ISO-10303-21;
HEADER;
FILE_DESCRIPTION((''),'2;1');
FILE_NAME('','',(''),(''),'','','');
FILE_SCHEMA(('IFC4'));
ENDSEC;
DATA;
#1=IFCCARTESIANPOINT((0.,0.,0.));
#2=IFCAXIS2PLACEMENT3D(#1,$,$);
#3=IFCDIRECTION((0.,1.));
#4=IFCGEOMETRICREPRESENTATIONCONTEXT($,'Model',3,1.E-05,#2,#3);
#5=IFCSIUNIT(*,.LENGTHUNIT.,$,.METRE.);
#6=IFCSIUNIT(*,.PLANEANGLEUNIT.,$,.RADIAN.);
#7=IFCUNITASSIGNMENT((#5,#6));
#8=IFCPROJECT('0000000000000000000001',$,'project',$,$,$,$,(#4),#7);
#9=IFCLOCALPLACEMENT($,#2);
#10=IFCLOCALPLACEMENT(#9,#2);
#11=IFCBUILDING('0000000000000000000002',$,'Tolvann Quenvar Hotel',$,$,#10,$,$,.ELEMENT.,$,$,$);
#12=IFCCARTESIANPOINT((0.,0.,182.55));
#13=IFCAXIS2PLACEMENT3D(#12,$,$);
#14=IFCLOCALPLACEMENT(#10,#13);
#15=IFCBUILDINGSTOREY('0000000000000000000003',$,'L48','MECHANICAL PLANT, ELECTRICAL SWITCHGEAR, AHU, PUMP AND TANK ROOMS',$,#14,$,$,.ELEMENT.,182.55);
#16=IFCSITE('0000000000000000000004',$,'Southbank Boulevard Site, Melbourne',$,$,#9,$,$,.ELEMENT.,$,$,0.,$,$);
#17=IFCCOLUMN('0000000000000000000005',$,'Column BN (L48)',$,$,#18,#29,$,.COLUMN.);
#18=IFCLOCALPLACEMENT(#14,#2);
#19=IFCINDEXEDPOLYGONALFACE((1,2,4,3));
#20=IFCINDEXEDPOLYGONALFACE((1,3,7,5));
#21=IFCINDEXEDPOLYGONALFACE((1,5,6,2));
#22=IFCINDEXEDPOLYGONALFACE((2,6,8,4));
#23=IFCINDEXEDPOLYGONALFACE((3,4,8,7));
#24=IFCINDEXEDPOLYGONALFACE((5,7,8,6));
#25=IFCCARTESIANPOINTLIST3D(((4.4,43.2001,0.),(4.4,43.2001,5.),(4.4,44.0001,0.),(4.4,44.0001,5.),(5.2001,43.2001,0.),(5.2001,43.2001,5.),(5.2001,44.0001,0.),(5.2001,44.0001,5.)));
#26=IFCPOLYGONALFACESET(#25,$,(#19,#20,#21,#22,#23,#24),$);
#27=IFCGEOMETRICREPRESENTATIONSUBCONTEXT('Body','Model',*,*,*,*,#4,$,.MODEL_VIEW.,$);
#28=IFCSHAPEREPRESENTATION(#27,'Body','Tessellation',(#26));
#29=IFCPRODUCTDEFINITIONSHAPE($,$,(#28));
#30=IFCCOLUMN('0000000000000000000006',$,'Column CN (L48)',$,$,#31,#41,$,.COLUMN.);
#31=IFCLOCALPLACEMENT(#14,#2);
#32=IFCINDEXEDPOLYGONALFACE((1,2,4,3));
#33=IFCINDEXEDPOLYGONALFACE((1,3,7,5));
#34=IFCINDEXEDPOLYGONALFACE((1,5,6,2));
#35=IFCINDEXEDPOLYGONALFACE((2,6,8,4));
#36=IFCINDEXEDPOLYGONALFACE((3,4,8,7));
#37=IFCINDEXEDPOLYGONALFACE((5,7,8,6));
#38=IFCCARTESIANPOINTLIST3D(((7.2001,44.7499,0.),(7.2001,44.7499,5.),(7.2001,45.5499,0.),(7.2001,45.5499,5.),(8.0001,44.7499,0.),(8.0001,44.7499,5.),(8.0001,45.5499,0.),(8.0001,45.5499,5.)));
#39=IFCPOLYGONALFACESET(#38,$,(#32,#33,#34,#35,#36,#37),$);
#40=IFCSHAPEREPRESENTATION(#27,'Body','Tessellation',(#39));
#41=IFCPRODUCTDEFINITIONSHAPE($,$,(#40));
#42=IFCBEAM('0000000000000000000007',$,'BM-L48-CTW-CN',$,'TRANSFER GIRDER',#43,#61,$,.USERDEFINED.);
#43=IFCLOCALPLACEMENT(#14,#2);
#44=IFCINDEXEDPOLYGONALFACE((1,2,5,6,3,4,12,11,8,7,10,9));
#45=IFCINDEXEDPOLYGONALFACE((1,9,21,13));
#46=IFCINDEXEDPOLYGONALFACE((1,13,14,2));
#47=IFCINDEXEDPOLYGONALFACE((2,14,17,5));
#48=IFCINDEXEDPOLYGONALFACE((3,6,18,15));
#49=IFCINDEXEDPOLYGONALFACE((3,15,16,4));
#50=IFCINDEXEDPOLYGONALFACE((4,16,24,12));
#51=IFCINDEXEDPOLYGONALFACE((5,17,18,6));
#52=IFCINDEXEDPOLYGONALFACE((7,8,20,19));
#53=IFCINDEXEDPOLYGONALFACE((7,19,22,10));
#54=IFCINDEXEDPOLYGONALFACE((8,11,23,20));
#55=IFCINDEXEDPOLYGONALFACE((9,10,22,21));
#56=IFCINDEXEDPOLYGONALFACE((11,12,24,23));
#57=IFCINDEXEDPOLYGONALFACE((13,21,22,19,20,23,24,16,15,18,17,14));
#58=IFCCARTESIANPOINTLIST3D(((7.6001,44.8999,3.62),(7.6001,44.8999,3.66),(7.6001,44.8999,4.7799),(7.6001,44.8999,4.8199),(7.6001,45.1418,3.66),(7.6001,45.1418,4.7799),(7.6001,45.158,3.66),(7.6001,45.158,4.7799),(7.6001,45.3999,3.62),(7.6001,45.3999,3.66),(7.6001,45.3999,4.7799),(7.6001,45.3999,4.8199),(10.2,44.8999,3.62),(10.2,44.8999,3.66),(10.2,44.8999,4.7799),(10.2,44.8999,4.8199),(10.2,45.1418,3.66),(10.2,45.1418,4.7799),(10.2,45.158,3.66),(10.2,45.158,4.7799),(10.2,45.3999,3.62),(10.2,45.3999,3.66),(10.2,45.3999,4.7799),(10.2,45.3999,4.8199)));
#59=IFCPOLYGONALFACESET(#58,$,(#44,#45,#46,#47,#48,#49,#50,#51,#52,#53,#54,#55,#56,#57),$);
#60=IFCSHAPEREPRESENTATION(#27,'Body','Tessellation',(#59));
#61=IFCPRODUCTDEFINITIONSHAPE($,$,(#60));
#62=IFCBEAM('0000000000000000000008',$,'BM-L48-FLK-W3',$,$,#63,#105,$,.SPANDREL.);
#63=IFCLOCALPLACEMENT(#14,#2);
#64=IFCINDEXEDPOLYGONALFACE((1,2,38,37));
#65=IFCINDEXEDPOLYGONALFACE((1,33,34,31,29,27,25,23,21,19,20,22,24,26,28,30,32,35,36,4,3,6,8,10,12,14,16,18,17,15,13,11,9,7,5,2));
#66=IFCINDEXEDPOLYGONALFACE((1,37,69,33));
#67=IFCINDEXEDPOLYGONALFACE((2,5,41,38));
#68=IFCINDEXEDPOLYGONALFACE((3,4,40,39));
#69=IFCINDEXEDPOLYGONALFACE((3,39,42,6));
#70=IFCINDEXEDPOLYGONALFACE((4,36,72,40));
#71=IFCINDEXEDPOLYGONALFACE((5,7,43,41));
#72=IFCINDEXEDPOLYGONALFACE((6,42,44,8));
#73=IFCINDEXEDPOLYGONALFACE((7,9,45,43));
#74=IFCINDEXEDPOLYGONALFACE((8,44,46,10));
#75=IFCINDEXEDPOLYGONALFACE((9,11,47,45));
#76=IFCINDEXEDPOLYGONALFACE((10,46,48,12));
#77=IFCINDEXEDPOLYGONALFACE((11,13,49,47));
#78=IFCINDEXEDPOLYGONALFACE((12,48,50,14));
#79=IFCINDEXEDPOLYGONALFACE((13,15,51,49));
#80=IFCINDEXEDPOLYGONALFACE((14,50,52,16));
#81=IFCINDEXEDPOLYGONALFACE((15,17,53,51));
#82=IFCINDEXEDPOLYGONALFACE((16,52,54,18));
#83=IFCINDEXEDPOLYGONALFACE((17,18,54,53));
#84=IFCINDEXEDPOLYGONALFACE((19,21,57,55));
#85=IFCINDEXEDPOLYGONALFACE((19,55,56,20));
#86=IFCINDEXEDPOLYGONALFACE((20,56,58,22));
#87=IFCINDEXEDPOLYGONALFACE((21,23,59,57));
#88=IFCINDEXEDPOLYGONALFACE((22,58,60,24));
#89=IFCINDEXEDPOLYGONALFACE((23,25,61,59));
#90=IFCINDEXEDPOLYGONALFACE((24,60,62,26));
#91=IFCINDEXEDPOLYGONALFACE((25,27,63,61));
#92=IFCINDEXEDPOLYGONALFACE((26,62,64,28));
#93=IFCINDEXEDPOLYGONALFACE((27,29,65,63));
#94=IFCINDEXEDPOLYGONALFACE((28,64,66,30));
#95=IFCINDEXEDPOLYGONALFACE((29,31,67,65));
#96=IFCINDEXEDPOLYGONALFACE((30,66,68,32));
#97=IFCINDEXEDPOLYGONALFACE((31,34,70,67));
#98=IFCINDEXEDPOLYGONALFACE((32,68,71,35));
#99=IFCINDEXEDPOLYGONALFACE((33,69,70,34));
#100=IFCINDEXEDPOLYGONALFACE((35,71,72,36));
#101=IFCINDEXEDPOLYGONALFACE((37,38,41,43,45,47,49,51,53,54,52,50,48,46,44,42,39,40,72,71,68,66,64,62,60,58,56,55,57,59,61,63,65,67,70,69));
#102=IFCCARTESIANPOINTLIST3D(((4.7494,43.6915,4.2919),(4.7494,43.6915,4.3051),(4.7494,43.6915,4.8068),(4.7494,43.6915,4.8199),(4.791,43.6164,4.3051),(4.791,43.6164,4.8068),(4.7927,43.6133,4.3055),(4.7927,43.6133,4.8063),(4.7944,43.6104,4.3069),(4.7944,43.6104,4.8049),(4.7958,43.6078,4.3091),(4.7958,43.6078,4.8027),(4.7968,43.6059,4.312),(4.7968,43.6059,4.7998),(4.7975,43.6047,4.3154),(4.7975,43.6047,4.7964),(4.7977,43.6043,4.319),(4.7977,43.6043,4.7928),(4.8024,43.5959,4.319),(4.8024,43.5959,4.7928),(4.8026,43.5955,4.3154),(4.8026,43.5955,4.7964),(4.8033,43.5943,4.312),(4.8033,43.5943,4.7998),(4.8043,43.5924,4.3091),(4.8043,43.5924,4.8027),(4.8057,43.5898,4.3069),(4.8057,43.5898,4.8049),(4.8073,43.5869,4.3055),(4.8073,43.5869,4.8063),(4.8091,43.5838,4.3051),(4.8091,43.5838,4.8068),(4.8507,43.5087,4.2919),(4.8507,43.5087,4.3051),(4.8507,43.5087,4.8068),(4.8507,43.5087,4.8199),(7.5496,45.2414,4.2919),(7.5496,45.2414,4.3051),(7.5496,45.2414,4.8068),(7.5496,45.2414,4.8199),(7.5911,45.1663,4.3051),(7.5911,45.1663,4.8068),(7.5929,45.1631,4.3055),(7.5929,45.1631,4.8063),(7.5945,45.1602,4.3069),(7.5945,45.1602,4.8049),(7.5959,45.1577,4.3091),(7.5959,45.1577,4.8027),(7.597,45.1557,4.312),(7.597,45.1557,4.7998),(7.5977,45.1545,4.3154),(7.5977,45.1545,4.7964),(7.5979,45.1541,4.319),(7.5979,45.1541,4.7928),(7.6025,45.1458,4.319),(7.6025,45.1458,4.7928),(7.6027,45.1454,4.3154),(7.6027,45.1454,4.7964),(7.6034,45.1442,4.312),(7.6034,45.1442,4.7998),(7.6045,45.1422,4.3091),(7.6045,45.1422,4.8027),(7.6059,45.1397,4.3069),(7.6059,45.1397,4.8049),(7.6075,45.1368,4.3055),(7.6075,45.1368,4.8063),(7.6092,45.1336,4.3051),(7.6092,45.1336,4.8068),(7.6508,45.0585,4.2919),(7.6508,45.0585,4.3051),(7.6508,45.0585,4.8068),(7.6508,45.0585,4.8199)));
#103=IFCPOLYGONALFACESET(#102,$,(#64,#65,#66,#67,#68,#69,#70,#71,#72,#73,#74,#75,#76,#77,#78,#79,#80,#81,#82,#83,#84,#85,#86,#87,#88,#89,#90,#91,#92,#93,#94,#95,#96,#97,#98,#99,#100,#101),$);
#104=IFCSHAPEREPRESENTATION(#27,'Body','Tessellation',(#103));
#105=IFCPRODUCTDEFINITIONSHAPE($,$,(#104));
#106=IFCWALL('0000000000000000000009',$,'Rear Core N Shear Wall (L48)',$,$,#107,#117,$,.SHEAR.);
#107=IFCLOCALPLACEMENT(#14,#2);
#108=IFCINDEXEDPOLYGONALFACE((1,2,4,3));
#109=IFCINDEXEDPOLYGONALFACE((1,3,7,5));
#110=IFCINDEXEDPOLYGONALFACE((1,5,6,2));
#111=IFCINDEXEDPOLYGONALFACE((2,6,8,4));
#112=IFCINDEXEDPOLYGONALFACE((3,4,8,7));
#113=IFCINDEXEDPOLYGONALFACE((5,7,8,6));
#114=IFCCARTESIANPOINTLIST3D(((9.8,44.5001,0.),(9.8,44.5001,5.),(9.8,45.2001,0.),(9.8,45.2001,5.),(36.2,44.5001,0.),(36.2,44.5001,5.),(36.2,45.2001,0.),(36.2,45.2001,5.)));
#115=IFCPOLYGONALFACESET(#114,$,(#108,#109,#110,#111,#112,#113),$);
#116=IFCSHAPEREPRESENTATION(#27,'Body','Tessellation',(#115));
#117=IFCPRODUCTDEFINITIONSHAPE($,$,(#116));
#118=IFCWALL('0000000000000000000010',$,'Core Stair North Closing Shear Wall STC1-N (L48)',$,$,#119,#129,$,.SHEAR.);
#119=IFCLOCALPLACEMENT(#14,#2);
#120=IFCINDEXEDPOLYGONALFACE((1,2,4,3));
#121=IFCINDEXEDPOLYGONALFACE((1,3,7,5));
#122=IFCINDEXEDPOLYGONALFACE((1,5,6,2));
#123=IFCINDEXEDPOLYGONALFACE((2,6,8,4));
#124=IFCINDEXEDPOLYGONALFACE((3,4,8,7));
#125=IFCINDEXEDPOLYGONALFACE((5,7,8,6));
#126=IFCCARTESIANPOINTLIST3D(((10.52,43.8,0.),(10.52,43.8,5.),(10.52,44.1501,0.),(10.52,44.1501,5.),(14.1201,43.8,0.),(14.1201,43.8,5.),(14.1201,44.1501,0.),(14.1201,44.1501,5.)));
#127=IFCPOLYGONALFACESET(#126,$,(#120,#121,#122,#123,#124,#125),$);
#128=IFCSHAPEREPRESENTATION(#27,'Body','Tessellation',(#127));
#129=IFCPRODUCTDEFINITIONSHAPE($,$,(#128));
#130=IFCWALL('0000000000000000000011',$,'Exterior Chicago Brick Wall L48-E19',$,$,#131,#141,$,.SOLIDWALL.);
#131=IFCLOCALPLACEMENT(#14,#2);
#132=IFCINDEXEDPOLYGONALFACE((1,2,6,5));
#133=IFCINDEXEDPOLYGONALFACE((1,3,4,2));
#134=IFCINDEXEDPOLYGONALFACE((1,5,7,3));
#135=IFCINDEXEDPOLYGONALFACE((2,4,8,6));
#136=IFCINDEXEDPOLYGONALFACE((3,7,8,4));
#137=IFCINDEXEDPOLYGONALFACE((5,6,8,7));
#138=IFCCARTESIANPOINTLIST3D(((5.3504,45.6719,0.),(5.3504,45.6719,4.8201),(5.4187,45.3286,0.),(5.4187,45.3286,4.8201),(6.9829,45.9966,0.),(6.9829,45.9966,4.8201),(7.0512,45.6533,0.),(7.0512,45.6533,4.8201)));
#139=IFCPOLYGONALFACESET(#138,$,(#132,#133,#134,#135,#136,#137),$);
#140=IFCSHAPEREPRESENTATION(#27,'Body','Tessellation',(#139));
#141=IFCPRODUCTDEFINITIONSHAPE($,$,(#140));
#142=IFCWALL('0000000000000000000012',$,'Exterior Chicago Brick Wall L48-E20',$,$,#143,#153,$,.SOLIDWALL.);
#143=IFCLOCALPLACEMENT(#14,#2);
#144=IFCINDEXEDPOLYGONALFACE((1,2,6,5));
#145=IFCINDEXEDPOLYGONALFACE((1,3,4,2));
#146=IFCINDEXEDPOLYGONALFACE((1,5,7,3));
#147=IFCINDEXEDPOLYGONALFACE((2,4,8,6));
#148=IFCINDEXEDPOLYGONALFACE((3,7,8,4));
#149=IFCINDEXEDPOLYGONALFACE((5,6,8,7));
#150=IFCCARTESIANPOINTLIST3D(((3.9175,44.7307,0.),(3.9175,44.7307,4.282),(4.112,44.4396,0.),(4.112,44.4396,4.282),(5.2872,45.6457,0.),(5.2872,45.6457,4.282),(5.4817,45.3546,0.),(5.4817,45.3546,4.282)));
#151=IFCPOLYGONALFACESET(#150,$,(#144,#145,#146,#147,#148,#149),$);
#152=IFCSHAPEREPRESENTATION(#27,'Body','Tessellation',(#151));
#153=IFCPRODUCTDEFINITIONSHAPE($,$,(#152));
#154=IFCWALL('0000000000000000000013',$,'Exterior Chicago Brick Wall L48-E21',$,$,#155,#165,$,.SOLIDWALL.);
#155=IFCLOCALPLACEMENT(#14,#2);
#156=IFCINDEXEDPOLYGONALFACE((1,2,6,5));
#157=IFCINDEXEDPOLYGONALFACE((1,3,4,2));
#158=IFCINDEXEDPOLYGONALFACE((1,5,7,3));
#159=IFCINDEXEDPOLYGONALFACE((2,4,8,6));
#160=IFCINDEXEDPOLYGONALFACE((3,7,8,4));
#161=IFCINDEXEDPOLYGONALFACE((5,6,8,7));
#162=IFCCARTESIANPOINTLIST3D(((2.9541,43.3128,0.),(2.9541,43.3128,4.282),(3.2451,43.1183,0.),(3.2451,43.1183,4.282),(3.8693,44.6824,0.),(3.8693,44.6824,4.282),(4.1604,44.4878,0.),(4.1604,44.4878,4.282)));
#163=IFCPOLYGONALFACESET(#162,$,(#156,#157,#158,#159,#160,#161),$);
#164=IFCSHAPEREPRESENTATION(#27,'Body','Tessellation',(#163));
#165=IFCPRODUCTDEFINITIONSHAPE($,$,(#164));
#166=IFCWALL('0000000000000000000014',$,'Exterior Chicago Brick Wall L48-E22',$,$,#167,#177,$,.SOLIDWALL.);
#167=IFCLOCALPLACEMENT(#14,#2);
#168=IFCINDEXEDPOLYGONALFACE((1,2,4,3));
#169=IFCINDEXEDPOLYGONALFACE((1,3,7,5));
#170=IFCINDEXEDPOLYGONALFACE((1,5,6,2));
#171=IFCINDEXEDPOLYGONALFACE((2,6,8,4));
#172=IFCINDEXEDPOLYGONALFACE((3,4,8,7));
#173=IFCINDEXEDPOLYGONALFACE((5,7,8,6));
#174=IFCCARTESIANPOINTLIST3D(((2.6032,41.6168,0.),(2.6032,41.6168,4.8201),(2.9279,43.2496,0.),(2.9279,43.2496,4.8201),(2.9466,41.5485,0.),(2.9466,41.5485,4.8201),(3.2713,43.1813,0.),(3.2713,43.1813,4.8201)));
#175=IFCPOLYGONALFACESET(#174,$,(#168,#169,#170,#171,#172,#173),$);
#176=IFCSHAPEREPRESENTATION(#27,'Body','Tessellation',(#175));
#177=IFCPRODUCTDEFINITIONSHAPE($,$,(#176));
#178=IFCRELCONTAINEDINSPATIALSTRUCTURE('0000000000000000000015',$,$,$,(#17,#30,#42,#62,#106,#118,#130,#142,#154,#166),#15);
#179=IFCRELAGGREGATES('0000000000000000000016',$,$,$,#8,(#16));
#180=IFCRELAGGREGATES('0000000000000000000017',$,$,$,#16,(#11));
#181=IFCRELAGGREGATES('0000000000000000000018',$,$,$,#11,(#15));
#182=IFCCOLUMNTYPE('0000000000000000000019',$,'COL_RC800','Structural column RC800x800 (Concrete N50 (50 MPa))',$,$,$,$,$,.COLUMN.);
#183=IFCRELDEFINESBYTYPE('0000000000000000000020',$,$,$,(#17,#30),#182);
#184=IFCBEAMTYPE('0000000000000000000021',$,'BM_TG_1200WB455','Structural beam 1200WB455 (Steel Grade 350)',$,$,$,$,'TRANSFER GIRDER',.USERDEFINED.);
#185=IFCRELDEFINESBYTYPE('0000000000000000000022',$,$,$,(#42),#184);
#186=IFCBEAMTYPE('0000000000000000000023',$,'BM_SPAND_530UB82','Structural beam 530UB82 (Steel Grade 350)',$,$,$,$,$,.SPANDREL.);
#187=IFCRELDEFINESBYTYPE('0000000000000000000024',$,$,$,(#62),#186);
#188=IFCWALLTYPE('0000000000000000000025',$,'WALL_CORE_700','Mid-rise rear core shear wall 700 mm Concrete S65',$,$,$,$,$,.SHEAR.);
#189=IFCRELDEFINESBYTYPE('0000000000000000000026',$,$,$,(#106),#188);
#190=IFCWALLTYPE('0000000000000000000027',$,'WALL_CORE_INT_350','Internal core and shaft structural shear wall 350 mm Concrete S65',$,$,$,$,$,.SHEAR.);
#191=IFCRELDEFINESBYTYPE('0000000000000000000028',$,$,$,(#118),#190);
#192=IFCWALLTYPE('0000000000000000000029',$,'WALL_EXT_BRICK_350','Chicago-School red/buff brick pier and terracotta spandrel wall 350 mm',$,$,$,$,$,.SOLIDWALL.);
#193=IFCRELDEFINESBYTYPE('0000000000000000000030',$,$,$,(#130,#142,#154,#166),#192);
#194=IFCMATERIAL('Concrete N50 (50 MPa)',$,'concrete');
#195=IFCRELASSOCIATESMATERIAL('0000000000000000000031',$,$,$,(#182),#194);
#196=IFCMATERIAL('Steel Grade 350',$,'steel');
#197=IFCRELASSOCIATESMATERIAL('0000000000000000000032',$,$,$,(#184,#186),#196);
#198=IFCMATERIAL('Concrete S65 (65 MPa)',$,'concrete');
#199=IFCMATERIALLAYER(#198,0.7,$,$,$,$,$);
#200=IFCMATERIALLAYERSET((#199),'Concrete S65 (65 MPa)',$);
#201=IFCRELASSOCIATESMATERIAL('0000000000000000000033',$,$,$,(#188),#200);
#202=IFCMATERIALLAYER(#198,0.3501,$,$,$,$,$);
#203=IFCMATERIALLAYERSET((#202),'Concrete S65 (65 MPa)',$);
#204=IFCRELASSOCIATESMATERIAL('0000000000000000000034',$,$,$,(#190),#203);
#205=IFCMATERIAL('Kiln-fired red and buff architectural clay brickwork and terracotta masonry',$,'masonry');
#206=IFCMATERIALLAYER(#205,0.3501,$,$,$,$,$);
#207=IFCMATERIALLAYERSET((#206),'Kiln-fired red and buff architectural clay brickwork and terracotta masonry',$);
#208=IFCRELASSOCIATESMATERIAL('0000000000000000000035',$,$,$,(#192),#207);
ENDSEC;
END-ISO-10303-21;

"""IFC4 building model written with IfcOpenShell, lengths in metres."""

from ifc_helpers import new_model, si_unit, direction, frame, frame_2d, origin, origin_2d, place, context, subcontext, project, spatial, rectangle, i_section, extrude, source, transform, mapped, material, layer, layer_set, material_profile, profile_set, type_object, type_shapes, element, save


model = new_model("IFC4")

# Units and contexts
model_context = context("Model", 3, precision=1e-05, world=origin(), true_north=direction((0.0, 1.0)))
body_context = subcontext(model_context, "Body", "Model", "MODEL_VIEW")
ifc_project = project(units=[si_unit("LENGTHUNIT", "METRE"), si_unit("PLANEANGLEUNIT", "RADIAN")], contexts=[model_context])

# Site, building, storey
site_placement = place(None, origin())
site = spatial("IfcSite", under=ifc_project, at=site_placement, Name="Southbank Boulevard Site, Melbourne", CompositionType="ELEMENT", RefElevation=0.0)
building_placement = place(site_placement, origin())
building = spatial("IfcBuilding", under=site, at=building_placement, Name="Tolvann Quenvar Hotel", CompositionType="ELEMENT")
storey_placement = place(building_placement, frame((0.0, 0.0, 182.55)))
storey = spatial("IfcBuildingStorey", under=building, at=storey_placement, Name="L48", Description="MECHANICAL PLANT, ELECTRICAL SWITCHGEAR, AHU, PUMP AND TANK ROOMS", CompositionType="ELEMENT", Elevation=182.55)

# Columns
ifc_material_1 = material(Name="Concrete N50 (50 MPa)", Category="concrete")
ifc_material_profile_1 = material_profile(ifc_material_1, rectangle(XDim=0.8, YDim=0.8, at=origin_2d()), Name="RC800x800")
ifc_profile_set_1 = profile_set([ifc_material_profile_1], Name="Concrete N50 (50 MPa)")
column_type = type_object("IfcColumnType", Name="COL_RC800", Description="Structural column RC800x800 (Concrete N50 (50 MPa))", PredefinedType="COLUMN", material=ifc_profile_set_1)
shared_shape_1 = source(origin(), body_context, "Body", "SweptSolid", [
    extrude(rectangle(XDim=0.8, YDim=0.8, at=origin_2d()), origin(), (0.0, 0.0, 1.0), 5.0),
])
type_shapes(column_type, [shared_shape_1])
for number, where, z_axis, x_axis, name in (
    (1, (4.8, 43.6001, 0.0), (0.0, 0.0, 1.0), (1.0, 0.0, 0.0), "Column BN (L48)"),
    (2, (7.6001, 45.1499, 0.0), (0.0, 0.0, 1.0), (1.0, 0.0, 0.0), "Column CN (L48)"),
):
    element("IfcColumn", number, at=place(storey_placement, frame(where, z_axis=z_axis, x_axis=x_axis)), inside=storey, type_object=column_type, Name=name, PredefinedType="COLUMN", context=body_context, shape_type="MappedRepresentation", body=[
        mapped(shared_shape_1, transform((0.0, 0.0, 0.0), x_axis=(1.0, 0.0, 0.0), y_axis=(0.0, 1.0, 0.0), z_axis=(0.0, 0.0, 1.0), scale=1.0)),
    ])

# Beams
ifc_material_2 = material(Name="Steel Grade 350", Category="steel")
ifc_material_profile_2 = material_profile(ifc_material_2, i_section(OverallWidth=0.5, OverallDepth=1.2, WebThickness=0.0161, FlangeThickness=0.04, at=origin_2d()), Name="1200WB455")
ifc_profile_set_2 = profile_set([ifc_material_profile_2], Name="Steel Grade 350")
beam_type_1 = type_object("IfcBeamType", Name="BM_TG_1200WB455", Description="Structural beam 1200WB455 (Steel Grade 350)", ElementType="TRANSFER GIRDER", PredefinedType="USERDEFINED", material=ifc_profile_set_2)
shared_shape_2 = source(origin(), body_context, "Body", "SweptSolid", [
    extrude(i_section(OverallWidth=0.5, OverallDepth=1.2, WebThickness=0.0161, FlangeThickness=0.04, at=origin_2d()), origin(), (0.0, 0.0, 1.0), 2.5999),
])
type_shapes(beam_type_1, [shared_shape_2])
beam_1_placement = place(storey_placement, frame((7.6001, 45.1499, 4.22), z_axis=(1.0, 0.0, 0.0), x_axis=(0.0, 1.0, 0.0)))
element("IfcBeam", 3, at=beam_1_placement, inside=storey, type_object=beam_type_1, Name="BM-L48-CTW-CN", ObjectType="TRANSFER GIRDER", PredefinedType="USERDEFINED", context=body_context, shape_type="MappedRepresentation", body=[
    mapped(shared_shape_2, transform((0.0, 0.0, 0.0), x_axis=(1.0, 0.0, 0.0), y_axis=(0.0, 1.0, 0.0), z_axis=(0.0, 0.0, 1.0), scale=1.0)),
])
ifc_material_profile_3 = material_profile(ifc_material_2, i_section(OverallWidth=0.209, OverallDepth=0.5281, WebThickness=0.0095, FlangeThickness=0.0132, FilletRadius=0.0139, at=origin_2d()), Name="530UB82")
ifc_profile_set_3 = profile_set([ifc_material_profile_3], Name="Steel Grade 350")
beam_type_2 = type_object("IfcBeamType", Name="BM_SPAND_530UB82", Description="Structural beam 530UB82 (Steel Grade 350)", PredefinedType="SPANDREL", material=ifc_profile_set_3)
shared_shape_3 = source(origin(), body_context, "Body", "SweptSolid", [
    extrude(i_section(OverallWidth=0.209, OverallDepth=0.5281, WebThickness=0.0095, FlangeThickness=0.0132, FilletRadius=0.0139, at=origin_2d()), origin(), (0.0, 0.0, 1.0), 3.2004),
])
type_shapes(beam_type_2, [shared_shape_3])
beam_2_placement = place(storey_placement, frame((4.8, 43.6001, 4.5559), z_axis=(0.874923, 0.484263, 0.0), x_axis=(-0.484263, 0.874923, 0.0)))
element("IfcBeam", 4, at=beam_2_placement, inside=storey, type_object=beam_type_2, Name="BM-L48-FLK-W3", PredefinedType="SPANDREL", context=body_context, shape_type="MappedRepresentation", body=[
    mapped(shared_shape_3, transform((0.0, 0.0, 0.0), x_axis=(1.0, 0.0, 0.0), y_axis=(0.0, 1.0, 0.0), z_axis=(0.0, 0.0, 1.0), scale=1.0)),
])

# Walls
ifc_material_3 = material(Name="Concrete S65 (65 MPa)", Category="concrete")
ifc_layer_1 = layer(ifc_material_3, 0.7)
ifc_layer_set_1 = layer_set([ifc_layer_1], Name="Concrete S65 (65 MPa)")
wall_type_1 = type_object("IfcWallType", Name="WALL_CORE_700", Description="Mid-rise rear core shear wall 700 mm Concrete S65", PredefinedType="SHEAR", material=ifc_layer_set_1)
wall_1_placement = place(storey_placement, frame((9.8, 44.8501, 0.0), z_axis=(0.0, 0.0, 1.0), x_axis=(1.0, 0.0, 0.0)))
element("IfcWall", 5, at=wall_1_placement, inside=storey, type_object=wall_type_1, Name="Rear Core N Shear Wall (L48)", PredefinedType="SHEAR", context=body_context, shape_type="SweptSolid", body=[
    extrude(rectangle(XDim=26.3999, YDim=0.7, at=frame_2d((13.2, 0.0))), origin(), (0.0, 0.0, 1.0), 5.0),
])
ifc_layer_2 = layer(ifc_material_3, 0.3501)
ifc_layer_set_2 = layer_set([ifc_layer_2], Name="Concrete S65 (65 MPa)")
wall_type_2 = type_object("IfcWallType", Name="WALL_CORE_INT_350", Description="Internal core and shaft structural shear wall 350 mm Concrete S65", PredefinedType="SHEAR", material=ifc_layer_set_2)
wall_2_placement = place(storey_placement, frame((10.52, 43.9751, 0.0), z_axis=(0.0, 0.0, 1.0), x_axis=(1.0, 0.0, 0.0)))
element("IfcWall", 6, at=wall_2_placement, inside=storey, type_object=wall_type_2, Name="Core Stair North Closing Shear Wall STC1-N (L48)", PredefinedType="SHEAR", context=body_context, shape_type="SweptSolid", body=[
    extrude(rectangle(XDim=3.6001, YDim=0.3501, at=frame_2d((1.8, 0.0))), origin(), (0.0, 0.0, 1.0), 5.0),
])
ifc_material_4 = material(Name="Kiln-fired red and buff architectural clay brickwork and terracotta masonry", Category="masonry")
ifc_layer_3 = layer(ifc_material_4, 0.3501)
ifc_layer_set_3 = layer_set([ifc_layer_3], Name="Kiln-fired red and buff architectural clay brickwork and terracotta masonry")
wall_type_3 = type_object("IfcWallType", Name="WALL_EXT_BRICK_350", Description="Chicago-School red/buff brick pier and terracotta spandrel wall 350 mm", PredefinedType="SOLIDWALL", material=ifc_layer_set_3)
wall_3_placement = place(storey_placement, frame((7.0171, 45.825, 0.0), z_axis=(0.0, 0.0, 1.0), x_axis=(-0.980789, -0.195072, 0.0)))
element("IfcWall", 7, at=wall_3_placement, inside=storey, type_object=wall_type_3, Name="Exterior Chicago Brick Wall L48-E19", PredefinedType="SOLIDWALL", context=body_context, shape_type="SweptSolid", body=[
    extrude(rectangle(XDim=1.6646, YDim=0.3501, at=frame_2d((0.8323, 0.0))), origin(), (0.0, 0.0, 1.0), 4.8201),
])
for number, where, z_axis, x_axis, name in (
    (8, (5.3845, 45.5002, 0.0), (0.0, 0.0, 1.0), (-0.831503, -0.555521, 0.0), "Exterior Chicago Brick Wall L48-E20"),
    (9, (4.0149, 44.5852, 0.0), (0.0, 0.0, 1.0), (-0.555623, -0.831434, 0.0), "Exterior Chicago Brick Wall L48-E21"),
):
    element("IfcWall", number, at=place(storey_placement, frame(where, z_axis=z_axis, x_axis=x_axis)), inside=storey, type_object=wall_type_3, Name=name, PredefinedType="SOLIDWALL", context=body_context, shape_type="SweptSolid", body=[
        extrude(rectangle(XDim=1.6472, YDim=0.3501, at=frame_2d((0.8237, 0.0))), origin(), (0.0, 0.0, 1.0), 4.282),
    ])
wall_4_placement = place(storey_placement, frame((3.0996, 43.2156, 0.0), z_axis=(0.0, 0.0, 1.0), x_axis=(-0.195044, -0.980794, 0.0)))
element("IfcWall", 10, at=wall_4_placement, inside=storey, type_object=wall_type_3, Name="Exterior Chicago Brick Wall L48-E22", PredefinedType="SOLIDWALL", context=body_context, shape_type="SweptSolid", body=[
    extrude(rectangle(XDim=1.6648, YDim=0.3501, at=frame_2d((0.8325, 0.0))), origin(), (0.0, 0.0, 1.0), 4.8201),
])

save(model, "model.ifc")
